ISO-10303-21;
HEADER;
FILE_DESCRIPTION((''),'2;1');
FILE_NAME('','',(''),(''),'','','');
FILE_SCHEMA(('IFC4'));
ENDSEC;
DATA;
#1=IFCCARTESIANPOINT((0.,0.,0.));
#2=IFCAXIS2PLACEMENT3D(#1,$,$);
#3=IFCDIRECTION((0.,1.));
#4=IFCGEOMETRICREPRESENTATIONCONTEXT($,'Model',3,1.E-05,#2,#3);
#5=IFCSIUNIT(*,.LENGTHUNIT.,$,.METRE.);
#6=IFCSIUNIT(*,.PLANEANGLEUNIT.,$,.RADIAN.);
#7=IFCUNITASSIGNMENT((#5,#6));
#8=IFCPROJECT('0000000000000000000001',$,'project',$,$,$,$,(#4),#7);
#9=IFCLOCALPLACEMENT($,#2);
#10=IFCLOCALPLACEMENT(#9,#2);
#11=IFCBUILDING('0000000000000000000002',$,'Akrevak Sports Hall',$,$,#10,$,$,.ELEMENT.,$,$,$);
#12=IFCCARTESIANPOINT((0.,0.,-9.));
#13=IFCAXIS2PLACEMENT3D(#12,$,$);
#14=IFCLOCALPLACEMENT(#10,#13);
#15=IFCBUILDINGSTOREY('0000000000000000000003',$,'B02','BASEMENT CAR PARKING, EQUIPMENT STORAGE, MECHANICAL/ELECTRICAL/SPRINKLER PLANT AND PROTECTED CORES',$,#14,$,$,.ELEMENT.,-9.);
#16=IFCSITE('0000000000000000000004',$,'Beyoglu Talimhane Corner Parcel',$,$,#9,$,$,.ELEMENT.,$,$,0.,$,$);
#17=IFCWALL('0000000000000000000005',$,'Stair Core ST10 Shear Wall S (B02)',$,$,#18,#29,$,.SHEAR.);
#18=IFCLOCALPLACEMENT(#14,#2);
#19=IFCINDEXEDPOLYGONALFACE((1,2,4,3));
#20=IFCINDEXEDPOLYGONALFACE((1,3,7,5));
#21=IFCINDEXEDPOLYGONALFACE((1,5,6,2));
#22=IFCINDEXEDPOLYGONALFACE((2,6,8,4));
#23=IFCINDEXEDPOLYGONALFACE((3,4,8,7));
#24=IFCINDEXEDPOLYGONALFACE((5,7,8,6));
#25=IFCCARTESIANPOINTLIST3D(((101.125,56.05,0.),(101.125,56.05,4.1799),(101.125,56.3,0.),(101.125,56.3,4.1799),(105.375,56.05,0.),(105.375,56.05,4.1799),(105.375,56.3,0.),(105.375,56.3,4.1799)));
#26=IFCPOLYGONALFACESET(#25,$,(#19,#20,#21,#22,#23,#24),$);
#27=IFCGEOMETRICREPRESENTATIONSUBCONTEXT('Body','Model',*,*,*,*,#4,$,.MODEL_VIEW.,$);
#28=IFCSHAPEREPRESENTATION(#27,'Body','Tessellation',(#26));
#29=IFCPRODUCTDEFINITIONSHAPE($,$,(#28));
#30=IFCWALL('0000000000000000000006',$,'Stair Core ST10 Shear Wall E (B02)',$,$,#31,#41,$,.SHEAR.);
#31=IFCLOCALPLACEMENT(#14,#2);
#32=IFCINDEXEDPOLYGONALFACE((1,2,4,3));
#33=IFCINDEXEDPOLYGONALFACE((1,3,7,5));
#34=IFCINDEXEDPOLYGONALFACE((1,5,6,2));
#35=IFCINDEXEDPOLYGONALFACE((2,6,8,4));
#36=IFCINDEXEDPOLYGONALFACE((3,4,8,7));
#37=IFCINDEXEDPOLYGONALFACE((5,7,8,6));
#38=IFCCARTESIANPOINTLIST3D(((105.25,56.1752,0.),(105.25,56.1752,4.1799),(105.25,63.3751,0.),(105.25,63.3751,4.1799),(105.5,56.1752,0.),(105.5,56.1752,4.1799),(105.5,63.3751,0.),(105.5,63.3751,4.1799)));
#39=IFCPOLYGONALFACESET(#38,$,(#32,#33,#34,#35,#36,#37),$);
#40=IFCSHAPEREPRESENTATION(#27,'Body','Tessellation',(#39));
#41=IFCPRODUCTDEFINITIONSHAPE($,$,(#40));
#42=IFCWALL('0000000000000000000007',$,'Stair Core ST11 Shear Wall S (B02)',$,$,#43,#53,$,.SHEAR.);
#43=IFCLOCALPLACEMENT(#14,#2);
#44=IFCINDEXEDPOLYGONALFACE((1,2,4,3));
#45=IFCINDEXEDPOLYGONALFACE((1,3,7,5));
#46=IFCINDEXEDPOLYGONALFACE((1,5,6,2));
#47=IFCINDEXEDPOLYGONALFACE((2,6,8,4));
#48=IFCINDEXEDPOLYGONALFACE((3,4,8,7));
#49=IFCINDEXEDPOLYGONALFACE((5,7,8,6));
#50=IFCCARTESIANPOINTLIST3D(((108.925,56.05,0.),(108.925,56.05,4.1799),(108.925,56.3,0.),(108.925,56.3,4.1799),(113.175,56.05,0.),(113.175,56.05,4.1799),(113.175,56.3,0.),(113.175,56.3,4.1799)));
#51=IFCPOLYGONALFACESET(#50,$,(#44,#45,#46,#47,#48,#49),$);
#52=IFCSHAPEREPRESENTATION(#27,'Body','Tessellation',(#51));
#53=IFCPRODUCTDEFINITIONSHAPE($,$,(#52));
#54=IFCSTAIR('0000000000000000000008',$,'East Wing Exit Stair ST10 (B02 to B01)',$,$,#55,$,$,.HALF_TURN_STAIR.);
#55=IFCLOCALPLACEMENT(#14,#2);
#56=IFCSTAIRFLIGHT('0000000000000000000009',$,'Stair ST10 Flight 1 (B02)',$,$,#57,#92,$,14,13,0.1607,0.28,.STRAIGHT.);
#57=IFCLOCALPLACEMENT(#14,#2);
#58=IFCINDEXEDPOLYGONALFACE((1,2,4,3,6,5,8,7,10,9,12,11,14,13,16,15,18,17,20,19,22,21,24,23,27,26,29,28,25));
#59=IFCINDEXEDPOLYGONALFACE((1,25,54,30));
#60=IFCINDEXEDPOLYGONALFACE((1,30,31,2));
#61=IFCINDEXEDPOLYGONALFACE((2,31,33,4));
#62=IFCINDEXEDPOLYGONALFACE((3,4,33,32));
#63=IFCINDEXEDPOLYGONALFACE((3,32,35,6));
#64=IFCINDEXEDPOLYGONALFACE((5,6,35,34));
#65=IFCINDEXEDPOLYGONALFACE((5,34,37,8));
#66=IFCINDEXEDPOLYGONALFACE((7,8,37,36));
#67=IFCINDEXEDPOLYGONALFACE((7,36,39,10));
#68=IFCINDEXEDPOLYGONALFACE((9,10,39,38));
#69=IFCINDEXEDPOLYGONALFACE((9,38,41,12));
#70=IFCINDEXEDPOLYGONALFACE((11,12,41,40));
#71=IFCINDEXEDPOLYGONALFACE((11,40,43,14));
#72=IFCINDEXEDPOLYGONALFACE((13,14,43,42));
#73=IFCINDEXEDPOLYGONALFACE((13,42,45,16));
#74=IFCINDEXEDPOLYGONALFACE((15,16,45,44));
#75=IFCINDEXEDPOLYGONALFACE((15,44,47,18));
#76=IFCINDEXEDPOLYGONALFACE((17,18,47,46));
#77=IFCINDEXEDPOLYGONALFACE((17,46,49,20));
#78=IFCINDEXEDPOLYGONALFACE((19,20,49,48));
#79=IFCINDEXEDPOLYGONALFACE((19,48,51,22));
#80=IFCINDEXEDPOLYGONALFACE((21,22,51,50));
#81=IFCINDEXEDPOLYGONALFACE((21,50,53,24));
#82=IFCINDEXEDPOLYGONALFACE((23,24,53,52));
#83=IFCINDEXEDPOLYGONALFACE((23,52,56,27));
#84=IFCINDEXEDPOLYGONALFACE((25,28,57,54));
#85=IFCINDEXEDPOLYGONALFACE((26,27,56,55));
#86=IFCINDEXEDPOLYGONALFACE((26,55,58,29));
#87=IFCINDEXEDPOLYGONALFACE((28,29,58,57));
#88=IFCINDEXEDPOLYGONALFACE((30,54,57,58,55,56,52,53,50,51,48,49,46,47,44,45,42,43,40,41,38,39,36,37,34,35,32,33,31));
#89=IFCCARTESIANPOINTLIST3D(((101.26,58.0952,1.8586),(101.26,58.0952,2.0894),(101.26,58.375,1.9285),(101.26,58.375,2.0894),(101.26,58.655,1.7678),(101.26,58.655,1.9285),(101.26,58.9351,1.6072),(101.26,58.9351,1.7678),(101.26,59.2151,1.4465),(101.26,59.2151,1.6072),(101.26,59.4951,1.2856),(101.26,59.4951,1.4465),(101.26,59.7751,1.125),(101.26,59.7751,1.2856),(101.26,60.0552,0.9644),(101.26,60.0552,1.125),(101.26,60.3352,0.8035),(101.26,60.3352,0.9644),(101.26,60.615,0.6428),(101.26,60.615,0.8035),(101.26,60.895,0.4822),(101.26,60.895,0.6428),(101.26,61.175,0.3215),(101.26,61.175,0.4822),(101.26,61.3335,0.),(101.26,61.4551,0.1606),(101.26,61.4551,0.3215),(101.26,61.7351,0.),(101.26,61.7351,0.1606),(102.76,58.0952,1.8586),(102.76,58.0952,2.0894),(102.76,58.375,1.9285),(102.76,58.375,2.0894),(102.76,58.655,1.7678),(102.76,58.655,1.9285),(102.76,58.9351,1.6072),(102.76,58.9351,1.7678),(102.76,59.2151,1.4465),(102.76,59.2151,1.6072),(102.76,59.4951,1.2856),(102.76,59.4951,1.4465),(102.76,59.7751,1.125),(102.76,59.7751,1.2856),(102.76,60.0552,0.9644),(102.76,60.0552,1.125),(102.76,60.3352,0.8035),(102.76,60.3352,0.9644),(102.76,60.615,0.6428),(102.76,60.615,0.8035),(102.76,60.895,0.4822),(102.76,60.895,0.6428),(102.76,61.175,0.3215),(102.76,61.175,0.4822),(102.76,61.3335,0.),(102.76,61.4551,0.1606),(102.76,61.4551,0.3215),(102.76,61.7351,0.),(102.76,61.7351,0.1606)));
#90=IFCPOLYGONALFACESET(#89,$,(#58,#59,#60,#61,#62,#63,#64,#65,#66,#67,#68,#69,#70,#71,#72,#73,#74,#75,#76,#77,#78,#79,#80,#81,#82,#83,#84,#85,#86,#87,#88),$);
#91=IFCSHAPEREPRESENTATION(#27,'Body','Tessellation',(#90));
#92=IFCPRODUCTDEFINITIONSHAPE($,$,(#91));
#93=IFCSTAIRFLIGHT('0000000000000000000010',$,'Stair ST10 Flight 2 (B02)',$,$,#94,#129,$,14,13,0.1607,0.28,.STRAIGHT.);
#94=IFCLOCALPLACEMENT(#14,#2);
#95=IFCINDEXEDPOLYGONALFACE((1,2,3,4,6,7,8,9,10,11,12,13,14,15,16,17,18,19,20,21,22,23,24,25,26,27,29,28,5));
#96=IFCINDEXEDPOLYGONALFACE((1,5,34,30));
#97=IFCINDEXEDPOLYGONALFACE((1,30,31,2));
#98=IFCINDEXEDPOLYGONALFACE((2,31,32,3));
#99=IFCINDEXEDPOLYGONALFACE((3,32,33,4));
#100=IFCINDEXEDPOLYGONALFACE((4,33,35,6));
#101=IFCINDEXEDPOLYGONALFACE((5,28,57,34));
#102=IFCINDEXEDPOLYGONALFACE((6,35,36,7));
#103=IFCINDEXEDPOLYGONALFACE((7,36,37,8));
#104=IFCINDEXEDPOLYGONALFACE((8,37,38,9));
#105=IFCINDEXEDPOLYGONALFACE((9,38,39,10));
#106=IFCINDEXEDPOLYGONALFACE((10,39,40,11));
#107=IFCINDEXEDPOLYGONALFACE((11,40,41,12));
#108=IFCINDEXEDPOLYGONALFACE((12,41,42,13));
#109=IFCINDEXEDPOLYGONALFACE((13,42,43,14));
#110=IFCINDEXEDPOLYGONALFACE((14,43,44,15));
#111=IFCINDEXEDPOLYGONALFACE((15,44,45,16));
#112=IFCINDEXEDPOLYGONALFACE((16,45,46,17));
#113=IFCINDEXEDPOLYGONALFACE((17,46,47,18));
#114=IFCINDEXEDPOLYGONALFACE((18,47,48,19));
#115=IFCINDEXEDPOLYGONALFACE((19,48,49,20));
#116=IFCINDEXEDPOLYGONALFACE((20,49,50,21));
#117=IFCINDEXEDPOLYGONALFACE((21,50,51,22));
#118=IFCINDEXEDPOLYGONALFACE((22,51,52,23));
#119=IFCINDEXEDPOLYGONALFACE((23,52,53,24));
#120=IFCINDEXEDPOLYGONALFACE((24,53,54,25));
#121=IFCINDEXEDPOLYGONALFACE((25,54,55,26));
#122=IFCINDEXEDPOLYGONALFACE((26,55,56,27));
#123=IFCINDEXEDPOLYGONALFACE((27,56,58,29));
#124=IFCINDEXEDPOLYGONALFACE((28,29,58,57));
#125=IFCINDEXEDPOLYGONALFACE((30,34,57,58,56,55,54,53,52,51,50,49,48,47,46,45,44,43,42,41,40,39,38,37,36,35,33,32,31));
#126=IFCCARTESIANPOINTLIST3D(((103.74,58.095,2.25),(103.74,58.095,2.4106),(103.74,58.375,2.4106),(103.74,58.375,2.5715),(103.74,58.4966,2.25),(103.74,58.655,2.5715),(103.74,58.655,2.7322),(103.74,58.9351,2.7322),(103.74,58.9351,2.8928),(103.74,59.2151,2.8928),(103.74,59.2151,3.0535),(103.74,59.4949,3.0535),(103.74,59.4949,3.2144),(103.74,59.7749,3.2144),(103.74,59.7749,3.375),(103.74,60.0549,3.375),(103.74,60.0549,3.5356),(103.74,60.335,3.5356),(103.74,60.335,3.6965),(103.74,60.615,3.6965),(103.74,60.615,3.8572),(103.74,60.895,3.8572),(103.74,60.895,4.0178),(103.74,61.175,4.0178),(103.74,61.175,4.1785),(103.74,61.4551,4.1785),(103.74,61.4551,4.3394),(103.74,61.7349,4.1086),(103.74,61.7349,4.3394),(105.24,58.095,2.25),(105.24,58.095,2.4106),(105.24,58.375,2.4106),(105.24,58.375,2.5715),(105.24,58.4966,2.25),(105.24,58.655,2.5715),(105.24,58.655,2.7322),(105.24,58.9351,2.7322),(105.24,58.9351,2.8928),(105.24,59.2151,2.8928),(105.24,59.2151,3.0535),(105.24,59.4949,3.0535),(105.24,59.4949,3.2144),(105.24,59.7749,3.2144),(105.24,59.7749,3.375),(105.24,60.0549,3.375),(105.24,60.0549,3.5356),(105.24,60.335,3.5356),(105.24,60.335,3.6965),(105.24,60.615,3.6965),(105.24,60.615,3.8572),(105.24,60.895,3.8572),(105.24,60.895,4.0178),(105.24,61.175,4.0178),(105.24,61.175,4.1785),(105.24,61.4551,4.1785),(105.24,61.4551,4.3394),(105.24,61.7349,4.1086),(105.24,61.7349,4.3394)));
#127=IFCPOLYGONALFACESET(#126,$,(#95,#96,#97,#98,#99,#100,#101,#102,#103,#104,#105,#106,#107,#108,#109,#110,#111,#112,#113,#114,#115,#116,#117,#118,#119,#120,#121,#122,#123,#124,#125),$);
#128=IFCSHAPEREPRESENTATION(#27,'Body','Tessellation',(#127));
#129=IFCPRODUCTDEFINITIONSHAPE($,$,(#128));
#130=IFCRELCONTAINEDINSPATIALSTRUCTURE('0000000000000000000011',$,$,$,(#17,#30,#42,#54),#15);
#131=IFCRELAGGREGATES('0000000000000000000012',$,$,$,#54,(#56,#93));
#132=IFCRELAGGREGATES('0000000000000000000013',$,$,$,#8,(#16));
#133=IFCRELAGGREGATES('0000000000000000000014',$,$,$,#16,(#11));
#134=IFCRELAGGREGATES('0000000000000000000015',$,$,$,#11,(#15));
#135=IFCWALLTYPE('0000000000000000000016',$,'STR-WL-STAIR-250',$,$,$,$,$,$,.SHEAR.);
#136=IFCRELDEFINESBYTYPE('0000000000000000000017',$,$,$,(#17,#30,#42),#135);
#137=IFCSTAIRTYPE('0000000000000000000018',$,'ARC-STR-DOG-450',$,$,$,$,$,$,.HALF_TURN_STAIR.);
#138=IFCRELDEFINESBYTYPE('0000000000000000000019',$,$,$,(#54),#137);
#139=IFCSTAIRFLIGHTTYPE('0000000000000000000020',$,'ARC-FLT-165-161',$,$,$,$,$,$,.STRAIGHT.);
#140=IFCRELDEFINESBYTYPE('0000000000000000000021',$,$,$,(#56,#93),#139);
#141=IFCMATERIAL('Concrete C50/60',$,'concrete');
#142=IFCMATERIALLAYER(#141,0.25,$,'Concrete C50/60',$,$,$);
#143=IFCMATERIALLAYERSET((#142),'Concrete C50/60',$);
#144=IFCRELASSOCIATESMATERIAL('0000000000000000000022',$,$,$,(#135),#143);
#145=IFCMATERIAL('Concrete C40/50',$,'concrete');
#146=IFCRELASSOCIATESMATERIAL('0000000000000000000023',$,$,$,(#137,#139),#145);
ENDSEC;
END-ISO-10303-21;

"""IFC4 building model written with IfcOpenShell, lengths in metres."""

from ifc_helpers import new_model, si_unit, direction, frame, frame_2d, origin, place, context, subcontext, project, spatial, polyline, rectangle, outline, extrude, material, layer, layer_set, type_object, element, aggregate, save


model = new_model("IFC4")

# Units and contexts
model_context = context("Model", 3, precision=1e-05, world=origin(), true_north=direction((0.0, 1.0)))
body_context = subcontext(model_context, "Body", "Model", "MODEL_VIEW")
ifc_project = project(units=[si_unit("LENGTHUNIT", "METRE"), si_unit("PLANEANGLEUNIT", "RADIAN")], contexts=[model_context])

# Site, building, storey
site_placement = place(None, origin())
site = spatial("IfcSite", under=ifc_project, at=site_placement, Name="Beyoglu Talimhane Corner Parcel", CompositionType="ELEMENT", RefElevation=0.0)
building_placement = place(site_placement, origin())
building = spatial("IfcBuilding", under=site, at=building_placement, Name="Akrevak Sports Hall", CompositionType="ELEMENT")
storey_placement = place(building_placement, frame((0.0, 0.0, -9.0)))
storey = spatial("IfcBuildingStorey", under=building, at=storey_placement, Name="B02", Description="BASEMENT CAR PARKING, EQUIPMENT STORAGE, MECHANICAL/ELECTRICAL/SPRINKLER PLANT AND PROTECTED CORES", CompositionType="ELEMENT", Elevation=-9.0)

# Shared definitions
ifc_material_1 = material(Name="Concrete C40/50", Category="concrete")

# Shared definitions
ifc_material_2 = material(Name="Concrete C50/60", Category="concrete")

# Walls
ifc_layer_1 = layer(ifc_material_2, 0.25, Name="Concrete C50/60")
ifc_layer_set_1 = layer_set([ifc_layer_1], Name="Concrete C50/60")
wall_type_1 = type_object("IfcWallType", Name="STR-WL-STAIR-250", PredefinedType="SHEAR", material=ifc_layer_set_1)
wall_1_placement = place(storey_placement, frame((101.125, 56.175, 0.0), z_axis=(0.0, 0.0, 1.0), x_axis=(1.0, 0.0, 0.0)))
element("IfcWall", 1, at=wall_1_placement, inside=storey, type_object=wall_type_1, Name="Stair Core ST10 Shear Wall S (B02)", PredefinedType="SHEAR", context=body_context, shape_type="SweptSolid", body=[
    extrude(rectangle(XDim=4.25, YDim=0.25, at=frame_2d((2.125, 0.0))), origin(), (0.0, 0.0, 1.0), 4.1799),
])
wall_2_placement = place(storey_placement, frame((105.375, 56.175, 0.0), z_axis=(0.0, 0.0, 1.0), x_axis=(0.0, 1.0, 0.0)))
element("IfcWall", 2, at=wall_2_placement, inside=storey, type_object=wall_type_1, Name="Stair Core ST10 Shear Wall E (B02)", PredefinedType="SHEAR", context=body_context, shape_type="SweptSolid", body=[
    extrude(rectangle(XDim=7.2, YDim=0.25, at=frame_2d((3.6001, 0.0))), origin(), (0.0, 0.0, 1.0), 4.1799),
])
wall_3_placement = place(storey_placement, frame((108.925, 56.175, 0.0), z_axis=(0.0, 0.0, 1.0), x_axis=(1.0, 0.0, 0.0)))
element("IfcWall", 3, at=wall_3_placement, inside=storey, type_object=wall_type_1, Name="Stair Core ST11 Shear Wall S (B02)", PredefinedType="SHEAR", context=body_context, shape_type="SweptSolid", body=[
    extrude(rectangle(XDim=4.25, YDim=0.25, at=frame_2d((2.125, 0.0))), origin(), (0.0, 0.0, 1.0), 4.1799),
])

# Stair, stair flights
stair_type = type_object("IfcStairType", Name="ARC-STR-DOG-450", PredefinedType="HALF_TURN_STAIR", material=ifc_material_1)
stair_placement = place(storey_placement, origin())
stair = element("IfcStair", 4, at=stair_placement, inside=storey, type_object=stair_type, Name="East Wing Exit Stair ST10 (B02 to B01)", PredefinedType="HALF_TURN_STAIR")
stair_flight_type = type_object("IfcStairFlightType", Name="ARC-FLT-165-161", PredefinedType="STRAIGHT", material=ifc_material_1)
stair_flight_1_placement = place(storey_placement, frame((102.01, 61.7351, 0.0), z_axis=(0.0, 0.0, 1.0), x_axis=(0.0, -1.0, 0.0)))
stair_flight_1 = element("IfcStairFlight", 5, at=stair_flight_1_placement, type_object=stair_flight_type, Name="Stair ST10 Flight 1 (B02)", NumberOfRisers=14, NumberOfTreads=13, PredefinedType="STRAIGHT", RiserHeight=0.1607, TreadLength=0.28, context=body_context, shape_type="SweptSolid", body=[
    extrude(outline(polyline([(0.0, 0.0), (0.0, 0.1606), (0.28, 0.1606), (0.28, 0.3215), (0.5601, 0.3215), (0.5601, 0.4822), (0.8401, 0.4822), (0.8401, 0.6428), (1.1201, 0.6428), (1.1201, 0.8035), (1.3999, 0.8035), (1.3999, 0.9644), (1.6799, 0.9644), (1.6799, 1.125), (1.96, 1.125), (1.96, 1.2856), (2.24, 1.2856), (2.24, 1.4465), (2.52, 1.4465), (2.52, 1.6072), (2.8, 1.6072), (2.8, 1.7678), (3.0801, 1.7678), (3.0801, 1.9285), (3.3601, 1.9285), (3.3601, 2.0894), (3.6399, 2.0894), (3.6399, 2.25), (3.6399, 1.8586), (0.4016, 0.0), (0.0, 0.0)])), frame((0.0, 0.75, 0.0), z_axis=(0.0, -1.0, 0.0), x_axis=(1.0, 0.0, 0.0)), (0.0, 0.0, 1.0), 1.5),
])
stair_flight_2_placement = place(storey_placement, frame((104.49, 58.095, 2.25), z_axis=(0.0, 0.0, 1.0), x_axis=(0.0, 1.0, 0.0)))
stair_flight_2 = element("IfcStairFlight", 6, at=stair_flight_2_placement, type_object=stair_flight_type, Name="Stair ST10 Flight 2 (B02)", NumberOfRisers=14, NumberOfTreads=13, PredefinedType="STRAIGHT", RiserHeight=0.1607, TreadLength=0.28, context=body_context, shape_type="SweptSolid", body=[
    extrude(outline(polyline([(0.0, 0.0), (0.0, 0.1606), (0.28, 0.1606), (0.28, 0.3215), (0.5601, 0.3215), (0.5601, 0.4822), (0.8401, 0.4822), (0.8401, 0.6428), (1.1201, 0.6428), (1.1201, 0.8035), (1.3999, 0.8035), (1.3999, 0.9644), (1.6799, 0.9644), (1.6799, 1.125), (1.96, 1.125), (1.96, 1.2856), (2.24, 1.2856), (2.24, 1.4465), (2.52, 1.4465), (2.52, 1.6072), (2.8, 1.6072), (2.8, 1.7678), (3.0801, 1.7678), (3.0801, 1.9285), (3.3601, 1.9285), (3.3601, 2.0894), (3.6399, 2.0894), (3.6399, 2.25), (3.6399, 1.8586), (0.4016, 0.0), (0.0, 0.0)])), frame((0.0, 0.75, 0.0), z_axis=(0.0, -1.0, 0.0), x_axis=(1.0, 0.0, 0.0)), (0.0, 0.0, 1.0), 1.5),
])
aggregate(stair, [stair_flight_1, stair_flight_2])

save(model, "model.ifc")
